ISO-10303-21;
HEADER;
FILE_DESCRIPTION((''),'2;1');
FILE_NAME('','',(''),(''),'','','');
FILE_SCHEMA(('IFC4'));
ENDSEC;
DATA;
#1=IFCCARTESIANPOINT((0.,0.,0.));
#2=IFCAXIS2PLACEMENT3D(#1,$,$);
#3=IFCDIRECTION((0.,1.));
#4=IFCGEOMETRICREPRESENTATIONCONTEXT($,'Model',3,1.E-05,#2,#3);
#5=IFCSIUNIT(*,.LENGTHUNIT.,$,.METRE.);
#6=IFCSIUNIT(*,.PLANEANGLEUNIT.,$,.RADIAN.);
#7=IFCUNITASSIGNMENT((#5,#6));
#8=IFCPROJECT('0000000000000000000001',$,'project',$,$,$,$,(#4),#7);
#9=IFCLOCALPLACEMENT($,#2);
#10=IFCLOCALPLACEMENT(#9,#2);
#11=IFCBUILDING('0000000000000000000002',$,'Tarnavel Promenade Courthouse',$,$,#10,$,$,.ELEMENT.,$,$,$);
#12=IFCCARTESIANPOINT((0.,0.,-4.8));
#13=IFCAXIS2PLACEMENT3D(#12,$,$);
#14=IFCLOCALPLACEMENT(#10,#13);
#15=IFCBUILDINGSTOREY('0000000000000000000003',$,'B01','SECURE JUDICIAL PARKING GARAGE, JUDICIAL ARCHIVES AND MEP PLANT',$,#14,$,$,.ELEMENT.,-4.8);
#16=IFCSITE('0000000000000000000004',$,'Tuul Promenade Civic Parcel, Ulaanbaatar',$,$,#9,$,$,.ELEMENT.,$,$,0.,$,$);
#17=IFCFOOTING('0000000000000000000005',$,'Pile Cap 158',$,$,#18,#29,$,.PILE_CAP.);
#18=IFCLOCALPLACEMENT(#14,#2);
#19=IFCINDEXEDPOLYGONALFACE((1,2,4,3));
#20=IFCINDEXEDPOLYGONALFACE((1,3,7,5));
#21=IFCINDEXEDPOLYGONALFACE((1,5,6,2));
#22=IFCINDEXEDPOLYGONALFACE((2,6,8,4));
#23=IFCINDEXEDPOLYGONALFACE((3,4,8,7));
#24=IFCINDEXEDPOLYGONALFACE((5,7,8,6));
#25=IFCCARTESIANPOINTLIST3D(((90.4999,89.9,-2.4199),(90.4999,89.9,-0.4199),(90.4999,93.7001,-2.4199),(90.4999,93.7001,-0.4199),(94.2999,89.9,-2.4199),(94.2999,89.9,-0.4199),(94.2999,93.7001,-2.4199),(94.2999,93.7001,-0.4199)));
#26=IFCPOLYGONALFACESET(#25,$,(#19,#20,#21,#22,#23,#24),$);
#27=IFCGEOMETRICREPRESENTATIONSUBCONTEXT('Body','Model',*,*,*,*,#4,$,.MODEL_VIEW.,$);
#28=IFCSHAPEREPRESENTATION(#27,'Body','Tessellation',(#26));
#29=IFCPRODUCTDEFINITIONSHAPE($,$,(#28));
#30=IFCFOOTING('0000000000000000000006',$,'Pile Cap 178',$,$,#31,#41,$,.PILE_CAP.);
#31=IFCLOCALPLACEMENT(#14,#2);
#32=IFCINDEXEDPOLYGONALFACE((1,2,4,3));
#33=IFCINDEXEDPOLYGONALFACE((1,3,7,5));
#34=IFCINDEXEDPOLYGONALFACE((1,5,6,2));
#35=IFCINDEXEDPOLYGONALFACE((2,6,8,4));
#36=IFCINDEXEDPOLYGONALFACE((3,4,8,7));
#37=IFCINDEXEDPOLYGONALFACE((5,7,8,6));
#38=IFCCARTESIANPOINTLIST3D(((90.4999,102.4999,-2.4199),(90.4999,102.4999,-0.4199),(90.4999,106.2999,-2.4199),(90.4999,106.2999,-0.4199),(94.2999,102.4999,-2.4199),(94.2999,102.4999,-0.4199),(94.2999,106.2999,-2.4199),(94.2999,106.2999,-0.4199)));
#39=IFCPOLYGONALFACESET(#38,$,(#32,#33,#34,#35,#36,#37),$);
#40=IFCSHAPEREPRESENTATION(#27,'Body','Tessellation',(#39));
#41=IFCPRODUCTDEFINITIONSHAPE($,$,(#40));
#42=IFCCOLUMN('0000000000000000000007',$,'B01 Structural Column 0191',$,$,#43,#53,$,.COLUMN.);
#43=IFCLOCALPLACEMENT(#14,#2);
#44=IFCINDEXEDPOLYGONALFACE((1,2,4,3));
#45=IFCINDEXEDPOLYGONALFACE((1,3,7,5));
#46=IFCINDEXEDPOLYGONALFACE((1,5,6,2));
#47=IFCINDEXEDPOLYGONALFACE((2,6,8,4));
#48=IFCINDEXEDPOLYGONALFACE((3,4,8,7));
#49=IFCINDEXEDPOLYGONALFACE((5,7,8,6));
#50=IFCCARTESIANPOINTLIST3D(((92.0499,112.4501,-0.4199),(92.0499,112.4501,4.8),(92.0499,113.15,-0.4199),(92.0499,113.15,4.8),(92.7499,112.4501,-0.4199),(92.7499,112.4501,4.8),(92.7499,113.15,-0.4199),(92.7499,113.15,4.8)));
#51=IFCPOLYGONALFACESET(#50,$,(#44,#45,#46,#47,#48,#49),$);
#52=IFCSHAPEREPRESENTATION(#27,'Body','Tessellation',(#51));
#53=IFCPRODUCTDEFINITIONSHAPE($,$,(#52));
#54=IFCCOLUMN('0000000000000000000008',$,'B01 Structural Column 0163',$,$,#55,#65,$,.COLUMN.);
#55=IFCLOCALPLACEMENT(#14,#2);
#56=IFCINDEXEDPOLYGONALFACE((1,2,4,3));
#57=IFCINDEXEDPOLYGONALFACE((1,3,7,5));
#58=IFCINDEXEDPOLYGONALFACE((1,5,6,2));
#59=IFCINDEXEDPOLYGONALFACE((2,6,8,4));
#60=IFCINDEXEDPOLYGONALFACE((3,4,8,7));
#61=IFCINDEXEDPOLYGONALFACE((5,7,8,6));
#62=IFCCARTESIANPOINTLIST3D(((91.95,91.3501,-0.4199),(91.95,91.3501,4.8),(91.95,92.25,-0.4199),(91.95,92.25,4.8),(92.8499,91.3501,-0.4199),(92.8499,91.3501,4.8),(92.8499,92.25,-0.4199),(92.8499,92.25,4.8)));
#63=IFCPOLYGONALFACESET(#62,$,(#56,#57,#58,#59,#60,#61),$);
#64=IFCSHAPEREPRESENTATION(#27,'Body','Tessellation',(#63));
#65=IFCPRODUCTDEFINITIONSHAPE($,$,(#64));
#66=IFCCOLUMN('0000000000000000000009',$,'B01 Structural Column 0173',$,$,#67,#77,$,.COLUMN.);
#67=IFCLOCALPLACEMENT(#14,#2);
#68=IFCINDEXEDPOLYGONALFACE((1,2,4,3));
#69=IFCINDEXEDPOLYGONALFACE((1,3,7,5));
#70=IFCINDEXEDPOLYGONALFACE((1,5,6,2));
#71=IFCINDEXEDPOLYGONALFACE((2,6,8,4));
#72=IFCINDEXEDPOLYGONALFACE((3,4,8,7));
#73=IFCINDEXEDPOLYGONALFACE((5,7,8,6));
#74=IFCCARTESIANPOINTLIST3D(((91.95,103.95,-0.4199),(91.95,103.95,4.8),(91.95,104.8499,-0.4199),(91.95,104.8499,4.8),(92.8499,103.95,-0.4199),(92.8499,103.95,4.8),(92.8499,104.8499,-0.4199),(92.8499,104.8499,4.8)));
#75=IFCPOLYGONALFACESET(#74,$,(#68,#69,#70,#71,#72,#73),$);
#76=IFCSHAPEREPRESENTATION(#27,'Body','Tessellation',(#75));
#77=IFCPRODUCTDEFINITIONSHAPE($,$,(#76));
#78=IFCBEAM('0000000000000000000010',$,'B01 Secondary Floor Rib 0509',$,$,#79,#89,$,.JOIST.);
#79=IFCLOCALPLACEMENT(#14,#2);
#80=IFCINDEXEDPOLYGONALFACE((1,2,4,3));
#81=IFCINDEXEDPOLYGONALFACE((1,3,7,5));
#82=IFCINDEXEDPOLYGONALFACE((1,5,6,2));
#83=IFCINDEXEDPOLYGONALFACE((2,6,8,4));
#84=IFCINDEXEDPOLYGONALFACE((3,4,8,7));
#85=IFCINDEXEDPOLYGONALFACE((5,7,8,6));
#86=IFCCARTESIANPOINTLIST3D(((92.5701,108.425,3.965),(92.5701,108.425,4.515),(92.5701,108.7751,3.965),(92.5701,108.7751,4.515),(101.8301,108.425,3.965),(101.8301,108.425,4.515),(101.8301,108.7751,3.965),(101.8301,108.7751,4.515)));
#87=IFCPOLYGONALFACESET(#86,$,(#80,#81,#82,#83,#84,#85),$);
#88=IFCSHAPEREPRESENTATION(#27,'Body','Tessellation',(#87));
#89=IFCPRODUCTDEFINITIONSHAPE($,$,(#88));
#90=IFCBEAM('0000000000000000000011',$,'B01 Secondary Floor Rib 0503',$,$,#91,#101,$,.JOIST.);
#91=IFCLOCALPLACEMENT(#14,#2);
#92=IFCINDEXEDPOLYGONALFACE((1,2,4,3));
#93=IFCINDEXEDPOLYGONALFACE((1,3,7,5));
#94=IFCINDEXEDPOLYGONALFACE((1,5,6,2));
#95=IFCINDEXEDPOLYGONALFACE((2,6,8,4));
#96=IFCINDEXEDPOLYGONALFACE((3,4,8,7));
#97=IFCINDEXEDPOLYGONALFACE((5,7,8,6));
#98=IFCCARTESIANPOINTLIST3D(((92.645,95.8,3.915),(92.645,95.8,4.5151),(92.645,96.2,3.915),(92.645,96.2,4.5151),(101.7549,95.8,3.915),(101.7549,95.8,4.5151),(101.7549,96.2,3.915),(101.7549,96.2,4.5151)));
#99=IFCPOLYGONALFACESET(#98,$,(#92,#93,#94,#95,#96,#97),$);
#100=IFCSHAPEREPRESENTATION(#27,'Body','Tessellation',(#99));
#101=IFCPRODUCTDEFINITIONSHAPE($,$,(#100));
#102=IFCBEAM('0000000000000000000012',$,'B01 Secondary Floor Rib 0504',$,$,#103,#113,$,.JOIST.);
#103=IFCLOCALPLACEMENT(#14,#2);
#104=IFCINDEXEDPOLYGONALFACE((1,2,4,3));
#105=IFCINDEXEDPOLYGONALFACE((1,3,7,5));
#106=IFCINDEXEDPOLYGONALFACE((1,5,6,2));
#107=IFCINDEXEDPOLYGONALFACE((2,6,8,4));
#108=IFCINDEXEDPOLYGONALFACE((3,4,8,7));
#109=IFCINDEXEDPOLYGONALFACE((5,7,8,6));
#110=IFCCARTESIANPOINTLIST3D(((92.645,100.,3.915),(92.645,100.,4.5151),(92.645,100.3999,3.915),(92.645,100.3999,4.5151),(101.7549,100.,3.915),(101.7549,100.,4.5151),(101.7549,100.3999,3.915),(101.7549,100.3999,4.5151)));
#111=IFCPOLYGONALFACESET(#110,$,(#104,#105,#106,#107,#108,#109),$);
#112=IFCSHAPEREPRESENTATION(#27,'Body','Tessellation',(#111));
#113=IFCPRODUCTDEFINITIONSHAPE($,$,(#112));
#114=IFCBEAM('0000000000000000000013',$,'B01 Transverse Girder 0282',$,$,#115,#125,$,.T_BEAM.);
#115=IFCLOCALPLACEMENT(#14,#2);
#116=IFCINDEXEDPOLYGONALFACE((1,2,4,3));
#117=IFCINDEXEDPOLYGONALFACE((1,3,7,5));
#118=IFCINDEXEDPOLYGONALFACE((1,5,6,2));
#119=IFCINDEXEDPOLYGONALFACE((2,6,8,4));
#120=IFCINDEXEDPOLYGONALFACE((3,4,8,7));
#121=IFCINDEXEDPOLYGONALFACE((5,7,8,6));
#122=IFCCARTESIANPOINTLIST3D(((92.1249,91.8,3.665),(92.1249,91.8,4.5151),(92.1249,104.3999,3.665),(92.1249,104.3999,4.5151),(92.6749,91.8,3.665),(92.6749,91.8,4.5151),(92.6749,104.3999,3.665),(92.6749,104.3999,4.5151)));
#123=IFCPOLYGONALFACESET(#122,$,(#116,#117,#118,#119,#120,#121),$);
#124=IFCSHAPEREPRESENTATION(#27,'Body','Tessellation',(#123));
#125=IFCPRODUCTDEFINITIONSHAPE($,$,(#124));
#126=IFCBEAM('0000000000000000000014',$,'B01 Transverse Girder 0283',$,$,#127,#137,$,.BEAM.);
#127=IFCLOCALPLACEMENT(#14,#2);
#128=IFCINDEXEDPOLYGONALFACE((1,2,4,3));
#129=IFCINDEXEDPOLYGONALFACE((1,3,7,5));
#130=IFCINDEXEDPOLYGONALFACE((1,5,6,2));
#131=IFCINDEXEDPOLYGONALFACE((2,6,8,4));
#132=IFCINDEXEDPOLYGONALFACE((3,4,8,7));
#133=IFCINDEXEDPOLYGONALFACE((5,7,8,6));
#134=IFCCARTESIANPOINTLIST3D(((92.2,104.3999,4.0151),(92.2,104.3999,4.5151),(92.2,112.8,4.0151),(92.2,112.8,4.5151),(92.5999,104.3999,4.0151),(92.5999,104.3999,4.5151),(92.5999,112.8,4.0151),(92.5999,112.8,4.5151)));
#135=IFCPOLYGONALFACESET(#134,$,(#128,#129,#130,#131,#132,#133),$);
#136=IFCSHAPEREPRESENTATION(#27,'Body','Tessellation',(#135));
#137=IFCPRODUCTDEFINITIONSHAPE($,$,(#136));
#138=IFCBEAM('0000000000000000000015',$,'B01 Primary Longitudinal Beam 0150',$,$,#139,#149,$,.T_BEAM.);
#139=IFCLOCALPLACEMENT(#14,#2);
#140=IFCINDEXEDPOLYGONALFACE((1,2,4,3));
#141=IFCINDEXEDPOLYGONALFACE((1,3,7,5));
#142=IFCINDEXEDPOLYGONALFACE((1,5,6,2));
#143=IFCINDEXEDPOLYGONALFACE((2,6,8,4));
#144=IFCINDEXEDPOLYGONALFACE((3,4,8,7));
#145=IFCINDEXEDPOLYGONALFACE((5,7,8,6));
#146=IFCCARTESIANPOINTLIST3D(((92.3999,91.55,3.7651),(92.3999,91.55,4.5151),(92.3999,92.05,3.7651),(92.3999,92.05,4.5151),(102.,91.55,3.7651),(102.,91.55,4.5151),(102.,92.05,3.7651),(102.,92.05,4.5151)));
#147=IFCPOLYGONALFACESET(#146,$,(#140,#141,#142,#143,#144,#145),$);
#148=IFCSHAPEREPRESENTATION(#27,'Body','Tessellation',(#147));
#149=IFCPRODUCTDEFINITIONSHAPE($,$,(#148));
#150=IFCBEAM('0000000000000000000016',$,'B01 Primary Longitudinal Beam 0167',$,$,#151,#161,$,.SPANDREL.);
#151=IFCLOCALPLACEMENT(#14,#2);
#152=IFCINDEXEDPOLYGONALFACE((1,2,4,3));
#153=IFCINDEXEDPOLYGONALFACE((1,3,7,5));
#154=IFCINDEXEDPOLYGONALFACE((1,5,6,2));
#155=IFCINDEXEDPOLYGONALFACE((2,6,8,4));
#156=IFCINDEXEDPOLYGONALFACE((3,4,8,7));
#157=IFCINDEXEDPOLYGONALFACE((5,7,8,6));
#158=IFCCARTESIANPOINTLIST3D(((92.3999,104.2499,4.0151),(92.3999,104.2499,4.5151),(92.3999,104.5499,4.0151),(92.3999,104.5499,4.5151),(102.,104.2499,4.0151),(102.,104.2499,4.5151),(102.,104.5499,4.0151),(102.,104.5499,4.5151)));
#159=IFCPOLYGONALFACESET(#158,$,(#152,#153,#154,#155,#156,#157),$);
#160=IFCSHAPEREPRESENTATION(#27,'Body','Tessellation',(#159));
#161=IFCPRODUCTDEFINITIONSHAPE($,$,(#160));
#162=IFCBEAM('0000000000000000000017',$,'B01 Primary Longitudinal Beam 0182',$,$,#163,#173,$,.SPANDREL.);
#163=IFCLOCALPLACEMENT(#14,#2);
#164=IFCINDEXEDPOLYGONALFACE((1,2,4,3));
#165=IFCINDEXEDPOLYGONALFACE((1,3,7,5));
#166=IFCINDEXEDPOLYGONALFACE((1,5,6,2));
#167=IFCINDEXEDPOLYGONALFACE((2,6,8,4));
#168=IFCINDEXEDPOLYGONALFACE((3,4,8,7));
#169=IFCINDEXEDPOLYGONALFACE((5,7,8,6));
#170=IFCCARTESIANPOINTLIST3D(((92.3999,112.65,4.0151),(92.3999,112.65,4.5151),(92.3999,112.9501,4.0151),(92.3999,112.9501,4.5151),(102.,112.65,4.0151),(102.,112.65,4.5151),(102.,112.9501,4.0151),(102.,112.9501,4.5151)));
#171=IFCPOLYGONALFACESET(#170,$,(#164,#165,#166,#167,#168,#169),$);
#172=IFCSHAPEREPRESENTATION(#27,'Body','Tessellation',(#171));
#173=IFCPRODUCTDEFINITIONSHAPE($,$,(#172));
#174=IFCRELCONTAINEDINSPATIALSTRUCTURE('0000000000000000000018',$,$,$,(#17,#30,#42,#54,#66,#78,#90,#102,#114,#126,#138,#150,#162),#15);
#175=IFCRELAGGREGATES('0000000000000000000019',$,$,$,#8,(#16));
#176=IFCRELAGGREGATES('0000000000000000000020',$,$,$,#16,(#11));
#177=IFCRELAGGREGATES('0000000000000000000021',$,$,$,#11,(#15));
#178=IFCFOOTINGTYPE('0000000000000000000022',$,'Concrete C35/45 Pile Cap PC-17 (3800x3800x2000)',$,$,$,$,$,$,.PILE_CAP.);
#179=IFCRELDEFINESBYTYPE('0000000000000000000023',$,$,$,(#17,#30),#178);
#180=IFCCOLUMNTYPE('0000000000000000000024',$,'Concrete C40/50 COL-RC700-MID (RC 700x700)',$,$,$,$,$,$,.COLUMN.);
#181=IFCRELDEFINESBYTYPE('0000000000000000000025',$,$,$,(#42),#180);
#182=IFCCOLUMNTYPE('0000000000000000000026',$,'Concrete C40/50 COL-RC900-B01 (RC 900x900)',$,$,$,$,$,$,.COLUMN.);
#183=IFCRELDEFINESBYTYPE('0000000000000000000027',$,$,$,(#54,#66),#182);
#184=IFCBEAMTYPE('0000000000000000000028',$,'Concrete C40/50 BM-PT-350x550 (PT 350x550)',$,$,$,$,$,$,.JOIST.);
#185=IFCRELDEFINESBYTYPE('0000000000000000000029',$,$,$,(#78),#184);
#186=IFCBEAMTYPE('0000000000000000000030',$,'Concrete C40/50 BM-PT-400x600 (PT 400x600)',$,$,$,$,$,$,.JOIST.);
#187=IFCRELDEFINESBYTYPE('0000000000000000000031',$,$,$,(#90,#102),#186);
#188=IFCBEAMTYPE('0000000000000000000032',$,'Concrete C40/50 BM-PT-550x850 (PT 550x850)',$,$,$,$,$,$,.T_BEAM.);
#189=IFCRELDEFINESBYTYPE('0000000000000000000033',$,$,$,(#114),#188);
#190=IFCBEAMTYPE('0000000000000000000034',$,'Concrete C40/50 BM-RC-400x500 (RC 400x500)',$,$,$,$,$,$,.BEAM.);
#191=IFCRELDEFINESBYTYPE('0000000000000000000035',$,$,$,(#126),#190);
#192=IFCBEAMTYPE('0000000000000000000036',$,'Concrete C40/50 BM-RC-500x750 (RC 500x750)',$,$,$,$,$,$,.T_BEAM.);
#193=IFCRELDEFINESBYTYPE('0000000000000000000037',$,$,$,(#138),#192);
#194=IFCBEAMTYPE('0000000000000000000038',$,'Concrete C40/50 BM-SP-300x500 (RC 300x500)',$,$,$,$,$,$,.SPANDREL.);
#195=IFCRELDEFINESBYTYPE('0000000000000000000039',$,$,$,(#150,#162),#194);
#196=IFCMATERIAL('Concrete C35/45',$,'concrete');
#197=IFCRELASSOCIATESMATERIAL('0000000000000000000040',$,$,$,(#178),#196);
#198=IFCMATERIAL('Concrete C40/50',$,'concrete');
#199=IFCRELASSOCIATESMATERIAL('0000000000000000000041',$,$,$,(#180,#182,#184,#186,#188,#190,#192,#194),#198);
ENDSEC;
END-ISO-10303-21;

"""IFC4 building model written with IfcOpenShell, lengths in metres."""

from ifc_helpers import new_model, si_unit, direction, frame, origin, origin_2d, place, context, subcontext, project, spatial, rectangle, extrude, material, material_profile, profile_set, type_object, element, save


model = new_model("IFC4")

# Units and contexts
model_context = context("Model", 3, precision=1e-05, world=origin(), true_north=direction((0.0, 1.0)))
body_context = subcontext(model_context, "Body", "Model", "MODEL_VIEW")
ifc_project = project(units=[si_unit("LENGTHUNIT", "METRE"), si_unit("PLANEANGLEUNIT", "RADIAN")], contexts=[model_context])

# Site, building, storey
site_placement = place(None, origin())
site = spatial("IfcSite", under=ifc_project, at=site_placement, Name="Tuul Promenade Civic Parcel, Ulaanbaatar", CompositionType="ELEMENT", RefElevation=0.0)
building_placement = place(site_placement, origin())
building = spatial("IfcBuilding", under=site, at=building_placement, Name="Tarnavel Promenade Courthouse", CompositionType="ELEMENT")
storey_placement = place(building_placement, frame((0.0, 0.0, -4.8)))
storey = spatial("IfcBuildingStorey", under=building, at=storey_placement, Name="B01", Description="SECURE JUDICIAL PARKING GARAGE, JUDICIAL ARCHIVES AND MEP PLANT", CompositionType="ELEMENT", Elevation=-4.8)

# Footings
ifc_material_1 = material(Name="Concrete C35/45", Category="concrete")
footing_type_1 = type_object("IfcFootingType", Name="Concrete C35/45 Pile Cap PC-17 (3800x3800x2000)", PredefinedType="PILE_CAP", material=ifc_material_1)
for number, where, z_axis, x_axis, name in (
    (1, (92.3999, 91.8, -2.4199), (0.0, 0.0, 1.0), (1.0, 0.0, 0.0), "Pile Cap 158"),
    (2, (92.3999, 104.3999, -2.4199), (0.0, 0.0, 1.0), (1.0, 0.0, 0.0), "Pile Cap 178"),
):
    element("IfcFooting", number, at=place(storey_placement, frame(where, z_axis=z_axis, x_axis=x_axis)), inside=storey, type_object=footing_type_1, Name=name, PredefinedType="PILE_CAP", context=body_context, shape_type="SweptSolid", body=[
        extrude(rectangle(XDim=3.8, YDim=3.8, at=origin_2d()), origin(), (0.0, 0.0, 1.0), 2.0),
    ])

# Columns
ifc_material_2 = material(Name="Concrete C40/50", Category="concrete")
ifc_material_profile_1 = material_profile(ifc_material_2, rectangle(XDim=0.7, YDim=0.7, at=origin_2d()), Name="RC 700x700")
ifc_profile_set_1 = profile_set([ifc_material_profile_1], Name="Concrete C40/50")
column_type_1 = type_object("IfcColumnType", Name="Concrete C40/50 COL-RC700-MID (RC 700x700)", PredefinedType="COLUMN", material=ifc_profile_set_1)
column_placement = place(storey_placement, frame((92.3999, 112.8, -0.4199), z_axis=(0.0, 0.0, 1.0), x_axis=(1.0, 0.0, 0.0)))
element("IfcColumn", 3, at=column_placement, inside=storey, type_object=column_type_1, Name="B01 Structural Column 0191", PredefinedType="COLUMN", context=body_context, shape_type="SweptSolid", body=[
    extrude(rectangle(XDim=0.7, YDim=0.7, at=origin_2d()), origin(), (0.0, 0.0, 1.0), 5.22),
])
ifc_material_profile_2 = material_profile(ifc_material_2, rectangle(XDim=0.8999, YDim=0.8999, at=origin_2d()), Name="RC 900x900")
ifc_profile_set_2 = profile_set([ifc_material_profile_2], Name="Concrete C40/50")
column_type_2 = type_object("IfcColumnType", Name="Concrete C40/50 COL-RC900-B01 (RC 900x900)", PredefinedType="COLUMN", material=ifc_profile_set_2)
for number, where, z_axis, x_axis, name in (
    (4, (92.3999, 91.8, -0.4199), (0.0, 0.0, 1.0), (1.0, 0.0, 0.0), "B01 Structural Column 0163"),
    (5, (92.3999, 104.3999, -0.4199), (0.0, 0.0, 1.0), (1.0, 0.0, 0.0), "B01 Structural Column 0173"),
):
    element("IfcColumn", number, at=place(storey_placement, frame(where, z_axis=z_axis, x_axis=x_axis)), inside=storey, type_object=column_type_2, Name=name, PredefinedType="COLUMN", context=body_context, shape_type="SweptSolid", body=[
        extrude(rectangle(XDim=0.8999, YDim=0.8999, at=origin_2d()), origin(), (0.0, 0.0, 1.0), 5.22),
    ])

# Beams
ifc_material_profile_3 = material_profile(ifc_material_2, rectangle(XDim=0.3501, YDim=0.55, at=origin_2d()), Name="PT 350x550")
ifc_profile_set_3 = profile_set([ifc_material_profile_3], Name="Concrete C40/50")
beam_type_1 = type_object("IfcBeamType", Name="Concrete C40/50 BM-PT-350x550 (PT 350x550)", PredefinedType="JOIST", material=ifc_profile_set_3)
beam_1_placement = place(storey_placement, frame((92.5701, 108.6001, 4.24), z_axis=(1.0, 0.0, 0.0), x_axis=(0.0, 1.0, 0.0)))
element("IfcBeam", 6, at=beam_1_placement, inside=storey, type_object=beam_type_1, Name="B01 Secondary Floor Rib 0509", PredefinedType="JOIST", context=body_context, shape_type="SweptSolid", body=[
    extrude(rectangle(XDim=0.3501, YDim=0.55, at=origin_2d()), origin(), (0.0, 0.0, 1.0), 9.26),
])
ifc_material_profile_4 = material_profile(ifc_material_2, rectangle(XDim=0.3999, YDim=0.6001, at=origin_2d()), Name="PT 400x600")
ifc_profile_set_4 = profile_set([ifc_material_profile_4], Name="Concrete C40/50")
beam_type_2 = type_object("IfcBeamType", Name="Concrete C40/50 BM-PT-400x600 (PT 400x600)", PredefinedType="JOIST", material=ifc_profile_set_4)
for number, where, z_axis, x_axis, name in (
    (7, (92.645, 96.0, 4.2151), (1.0, 0.0, 0.0), (0.0, 1.0, 0.0), "B01 Secondary Floor Rib 0503"),
    (8, (92.645, 100.2, 4.2151), (1.0, 0.0, 0.0), (0.0, 1.0, 0.0), "B01 Secondary Floor Rib 0504"),
):
    element("IfcBeam", number, at=place(storey_placement, frame(where, z_axis=z_axis, x_axis=x_axis)), inside=storey, type_object=beam_type_2, Name=name, PredefinedType="JOIST", context=body_context, shape_type="SweptSolid", body=[
        extrude(rectangle(XDim=0.3999, YDim=0.6001, at=origin_2d()), origin(), (0.0, 0.0, 1.0), 9.1099),
    ])
ifc_material_profile_5 = material_profile(ifc_material_2, rectangle(XDim=0.55, YDim=0.8501, at=origin_2d()), Name="PT 550x850")
ifc_profile_set_5 = profile_set([ifc_material_profile_5], Name="Concrete C40/50")
beam_type_3 = type_object("IfcBeamType", Name="Concrete C40/50 BM-PT-550x850 (PT 550x850)", PredefinedType="T_BEAM", material=ifc_profile_set_5)
beam_2_placement = place(storey_placement, frame((92.3999, 91.8, 4.0901), z_axis=(0.0, 1.0, 0.0), x_axis=(-1.0, 0.0, 0.0)))
element("IfcBeam", 9, at=beam_2_placement, inside=storey, type_object=beam_type_3, Name="B01 Transverse Girder 0282", PredefinedType="T_BEAM", context=body_context, shape_type="SweptSolid", body=[
    extrude(rectangle(XDim=0.55, YDim=0.8501, at=origin_2d()), origin(), (0.0, 0.0, 1.0), 12.5999),
])
ifc_material_profile_6 = material_profile(ifc_material_2, rectangle(XDim=0.3999, YDim=0.5, at=origin_2d()), Name="RC 400x500")
ifc_profile_set_6 = profile_set([ifc_material_profile_6], Name="Concrete C40/50")
beam_type_4 = type_object("IfcBeamType", Name="Concrete C40/50 BM-RC-400x500 (RC 400x500)", PredefinedType="BEAM", material=ifc_profile_set_6)
beam_3_placement = place(storey_placement, frame((92.3999, 104.3999, 4.2651), z_axis=(0.0, 1.0, 0.0), x_axis=(-1.0, 0.0, 0.0)))
element("IfcBeam", 10, at=beam_3_placement, inside=storey, type_object=beam_type_4, Name="B01 Transverse Girder 0283", PredefinedType="BEAM", context=body_context, shape_type="SweptSolid", body=[
    extrude(rectangle(XDim=0.3999, YDim=0.5, at=origin_2d()), origin(), (0.0, 0.0, 1.0), 8.4001),
])
ifc_material_profile_7 = material_profile(ifc_material_2, rectangle(XDim=0.5, YDim=0.75, at=origin_2d()), Name="RC 500x750")
ifc_profile_set_7 = profile_set([ifc_material_profile_7], Name="Concrete C40/50")
beam_type_5 = type_object("IfcBeamType", Name="Concrete C40/50 BM-RC-500x750 (RC 500x750)", PredefinedType="T_BEAM", material=ifc_profile_set_7)
beam_4_placement = place(storey_placement, frame((92.3999, 91.8, 4.1401), z_axis=(1.0, 0.0, 0.0), x_axis=(0.0, 1.0, 0.0)))
element("IfcBeam", 11, at=beam_4_placement, inside=storey, type_object=beam_type_5, Name="B01 Primary Longitudinal Beam 0150", PredefinedType="T_BEAM", context=body_context, shape_type="SweptSolid", body=[
    extrude(rectangle(XDim=0.5, YDim=0.75, at=origin_2d()), origin(), (0.0, 0.0, 1.0), 9.6001),
])
ifc_material_profile_8 = material_profile(ifc_material_2, rectangle(XDim=0.3, YDim=0.5, at=origin_2d()), Name="RC 300x500")
ifc_profile_set_8 = profile_set([ifc_material_profile_8], Name="Concrete C40/50")
beam_type_6 = type_object("IfcBeamType", Name="Concrete C40/50 BM-SP-300x500 (RC 300x500)", PredefinedType="SPANDREL", material=ifc_profile_set_8)
for number, where, z_axis, x_axis, name in (
    (12, (92.3999, 104.3999, 4.2651), (1.0, 0.0, 0.0), (0.0, 1.0, 0.0), "B01 Primary Longitudinal Beam 0167"),
    (13, (92.3999, 112.8, 4.2651), (1.0, 0.0, 0.0), (0.0, 1.0, 0.0), "B01 Primary Longitudinal Beam 0182"),
):
    element("IfcBeam", number, at=place(storey_placement, frame(where, z_axis=z_axis, x_axis=x_axis)), inside=storey, type_object=beam_type_6, Name=name, PredefinedType="SPANDREL", context=body_context, shape_type="SweptSolid", body=[
        extrude(rectangle(XDim=0.3, YDim=0.5, at=origin_2d()), origin(), (0.0, 0.0, 1.0), 9.6001),
    ])

save(model, "model.ifc")
